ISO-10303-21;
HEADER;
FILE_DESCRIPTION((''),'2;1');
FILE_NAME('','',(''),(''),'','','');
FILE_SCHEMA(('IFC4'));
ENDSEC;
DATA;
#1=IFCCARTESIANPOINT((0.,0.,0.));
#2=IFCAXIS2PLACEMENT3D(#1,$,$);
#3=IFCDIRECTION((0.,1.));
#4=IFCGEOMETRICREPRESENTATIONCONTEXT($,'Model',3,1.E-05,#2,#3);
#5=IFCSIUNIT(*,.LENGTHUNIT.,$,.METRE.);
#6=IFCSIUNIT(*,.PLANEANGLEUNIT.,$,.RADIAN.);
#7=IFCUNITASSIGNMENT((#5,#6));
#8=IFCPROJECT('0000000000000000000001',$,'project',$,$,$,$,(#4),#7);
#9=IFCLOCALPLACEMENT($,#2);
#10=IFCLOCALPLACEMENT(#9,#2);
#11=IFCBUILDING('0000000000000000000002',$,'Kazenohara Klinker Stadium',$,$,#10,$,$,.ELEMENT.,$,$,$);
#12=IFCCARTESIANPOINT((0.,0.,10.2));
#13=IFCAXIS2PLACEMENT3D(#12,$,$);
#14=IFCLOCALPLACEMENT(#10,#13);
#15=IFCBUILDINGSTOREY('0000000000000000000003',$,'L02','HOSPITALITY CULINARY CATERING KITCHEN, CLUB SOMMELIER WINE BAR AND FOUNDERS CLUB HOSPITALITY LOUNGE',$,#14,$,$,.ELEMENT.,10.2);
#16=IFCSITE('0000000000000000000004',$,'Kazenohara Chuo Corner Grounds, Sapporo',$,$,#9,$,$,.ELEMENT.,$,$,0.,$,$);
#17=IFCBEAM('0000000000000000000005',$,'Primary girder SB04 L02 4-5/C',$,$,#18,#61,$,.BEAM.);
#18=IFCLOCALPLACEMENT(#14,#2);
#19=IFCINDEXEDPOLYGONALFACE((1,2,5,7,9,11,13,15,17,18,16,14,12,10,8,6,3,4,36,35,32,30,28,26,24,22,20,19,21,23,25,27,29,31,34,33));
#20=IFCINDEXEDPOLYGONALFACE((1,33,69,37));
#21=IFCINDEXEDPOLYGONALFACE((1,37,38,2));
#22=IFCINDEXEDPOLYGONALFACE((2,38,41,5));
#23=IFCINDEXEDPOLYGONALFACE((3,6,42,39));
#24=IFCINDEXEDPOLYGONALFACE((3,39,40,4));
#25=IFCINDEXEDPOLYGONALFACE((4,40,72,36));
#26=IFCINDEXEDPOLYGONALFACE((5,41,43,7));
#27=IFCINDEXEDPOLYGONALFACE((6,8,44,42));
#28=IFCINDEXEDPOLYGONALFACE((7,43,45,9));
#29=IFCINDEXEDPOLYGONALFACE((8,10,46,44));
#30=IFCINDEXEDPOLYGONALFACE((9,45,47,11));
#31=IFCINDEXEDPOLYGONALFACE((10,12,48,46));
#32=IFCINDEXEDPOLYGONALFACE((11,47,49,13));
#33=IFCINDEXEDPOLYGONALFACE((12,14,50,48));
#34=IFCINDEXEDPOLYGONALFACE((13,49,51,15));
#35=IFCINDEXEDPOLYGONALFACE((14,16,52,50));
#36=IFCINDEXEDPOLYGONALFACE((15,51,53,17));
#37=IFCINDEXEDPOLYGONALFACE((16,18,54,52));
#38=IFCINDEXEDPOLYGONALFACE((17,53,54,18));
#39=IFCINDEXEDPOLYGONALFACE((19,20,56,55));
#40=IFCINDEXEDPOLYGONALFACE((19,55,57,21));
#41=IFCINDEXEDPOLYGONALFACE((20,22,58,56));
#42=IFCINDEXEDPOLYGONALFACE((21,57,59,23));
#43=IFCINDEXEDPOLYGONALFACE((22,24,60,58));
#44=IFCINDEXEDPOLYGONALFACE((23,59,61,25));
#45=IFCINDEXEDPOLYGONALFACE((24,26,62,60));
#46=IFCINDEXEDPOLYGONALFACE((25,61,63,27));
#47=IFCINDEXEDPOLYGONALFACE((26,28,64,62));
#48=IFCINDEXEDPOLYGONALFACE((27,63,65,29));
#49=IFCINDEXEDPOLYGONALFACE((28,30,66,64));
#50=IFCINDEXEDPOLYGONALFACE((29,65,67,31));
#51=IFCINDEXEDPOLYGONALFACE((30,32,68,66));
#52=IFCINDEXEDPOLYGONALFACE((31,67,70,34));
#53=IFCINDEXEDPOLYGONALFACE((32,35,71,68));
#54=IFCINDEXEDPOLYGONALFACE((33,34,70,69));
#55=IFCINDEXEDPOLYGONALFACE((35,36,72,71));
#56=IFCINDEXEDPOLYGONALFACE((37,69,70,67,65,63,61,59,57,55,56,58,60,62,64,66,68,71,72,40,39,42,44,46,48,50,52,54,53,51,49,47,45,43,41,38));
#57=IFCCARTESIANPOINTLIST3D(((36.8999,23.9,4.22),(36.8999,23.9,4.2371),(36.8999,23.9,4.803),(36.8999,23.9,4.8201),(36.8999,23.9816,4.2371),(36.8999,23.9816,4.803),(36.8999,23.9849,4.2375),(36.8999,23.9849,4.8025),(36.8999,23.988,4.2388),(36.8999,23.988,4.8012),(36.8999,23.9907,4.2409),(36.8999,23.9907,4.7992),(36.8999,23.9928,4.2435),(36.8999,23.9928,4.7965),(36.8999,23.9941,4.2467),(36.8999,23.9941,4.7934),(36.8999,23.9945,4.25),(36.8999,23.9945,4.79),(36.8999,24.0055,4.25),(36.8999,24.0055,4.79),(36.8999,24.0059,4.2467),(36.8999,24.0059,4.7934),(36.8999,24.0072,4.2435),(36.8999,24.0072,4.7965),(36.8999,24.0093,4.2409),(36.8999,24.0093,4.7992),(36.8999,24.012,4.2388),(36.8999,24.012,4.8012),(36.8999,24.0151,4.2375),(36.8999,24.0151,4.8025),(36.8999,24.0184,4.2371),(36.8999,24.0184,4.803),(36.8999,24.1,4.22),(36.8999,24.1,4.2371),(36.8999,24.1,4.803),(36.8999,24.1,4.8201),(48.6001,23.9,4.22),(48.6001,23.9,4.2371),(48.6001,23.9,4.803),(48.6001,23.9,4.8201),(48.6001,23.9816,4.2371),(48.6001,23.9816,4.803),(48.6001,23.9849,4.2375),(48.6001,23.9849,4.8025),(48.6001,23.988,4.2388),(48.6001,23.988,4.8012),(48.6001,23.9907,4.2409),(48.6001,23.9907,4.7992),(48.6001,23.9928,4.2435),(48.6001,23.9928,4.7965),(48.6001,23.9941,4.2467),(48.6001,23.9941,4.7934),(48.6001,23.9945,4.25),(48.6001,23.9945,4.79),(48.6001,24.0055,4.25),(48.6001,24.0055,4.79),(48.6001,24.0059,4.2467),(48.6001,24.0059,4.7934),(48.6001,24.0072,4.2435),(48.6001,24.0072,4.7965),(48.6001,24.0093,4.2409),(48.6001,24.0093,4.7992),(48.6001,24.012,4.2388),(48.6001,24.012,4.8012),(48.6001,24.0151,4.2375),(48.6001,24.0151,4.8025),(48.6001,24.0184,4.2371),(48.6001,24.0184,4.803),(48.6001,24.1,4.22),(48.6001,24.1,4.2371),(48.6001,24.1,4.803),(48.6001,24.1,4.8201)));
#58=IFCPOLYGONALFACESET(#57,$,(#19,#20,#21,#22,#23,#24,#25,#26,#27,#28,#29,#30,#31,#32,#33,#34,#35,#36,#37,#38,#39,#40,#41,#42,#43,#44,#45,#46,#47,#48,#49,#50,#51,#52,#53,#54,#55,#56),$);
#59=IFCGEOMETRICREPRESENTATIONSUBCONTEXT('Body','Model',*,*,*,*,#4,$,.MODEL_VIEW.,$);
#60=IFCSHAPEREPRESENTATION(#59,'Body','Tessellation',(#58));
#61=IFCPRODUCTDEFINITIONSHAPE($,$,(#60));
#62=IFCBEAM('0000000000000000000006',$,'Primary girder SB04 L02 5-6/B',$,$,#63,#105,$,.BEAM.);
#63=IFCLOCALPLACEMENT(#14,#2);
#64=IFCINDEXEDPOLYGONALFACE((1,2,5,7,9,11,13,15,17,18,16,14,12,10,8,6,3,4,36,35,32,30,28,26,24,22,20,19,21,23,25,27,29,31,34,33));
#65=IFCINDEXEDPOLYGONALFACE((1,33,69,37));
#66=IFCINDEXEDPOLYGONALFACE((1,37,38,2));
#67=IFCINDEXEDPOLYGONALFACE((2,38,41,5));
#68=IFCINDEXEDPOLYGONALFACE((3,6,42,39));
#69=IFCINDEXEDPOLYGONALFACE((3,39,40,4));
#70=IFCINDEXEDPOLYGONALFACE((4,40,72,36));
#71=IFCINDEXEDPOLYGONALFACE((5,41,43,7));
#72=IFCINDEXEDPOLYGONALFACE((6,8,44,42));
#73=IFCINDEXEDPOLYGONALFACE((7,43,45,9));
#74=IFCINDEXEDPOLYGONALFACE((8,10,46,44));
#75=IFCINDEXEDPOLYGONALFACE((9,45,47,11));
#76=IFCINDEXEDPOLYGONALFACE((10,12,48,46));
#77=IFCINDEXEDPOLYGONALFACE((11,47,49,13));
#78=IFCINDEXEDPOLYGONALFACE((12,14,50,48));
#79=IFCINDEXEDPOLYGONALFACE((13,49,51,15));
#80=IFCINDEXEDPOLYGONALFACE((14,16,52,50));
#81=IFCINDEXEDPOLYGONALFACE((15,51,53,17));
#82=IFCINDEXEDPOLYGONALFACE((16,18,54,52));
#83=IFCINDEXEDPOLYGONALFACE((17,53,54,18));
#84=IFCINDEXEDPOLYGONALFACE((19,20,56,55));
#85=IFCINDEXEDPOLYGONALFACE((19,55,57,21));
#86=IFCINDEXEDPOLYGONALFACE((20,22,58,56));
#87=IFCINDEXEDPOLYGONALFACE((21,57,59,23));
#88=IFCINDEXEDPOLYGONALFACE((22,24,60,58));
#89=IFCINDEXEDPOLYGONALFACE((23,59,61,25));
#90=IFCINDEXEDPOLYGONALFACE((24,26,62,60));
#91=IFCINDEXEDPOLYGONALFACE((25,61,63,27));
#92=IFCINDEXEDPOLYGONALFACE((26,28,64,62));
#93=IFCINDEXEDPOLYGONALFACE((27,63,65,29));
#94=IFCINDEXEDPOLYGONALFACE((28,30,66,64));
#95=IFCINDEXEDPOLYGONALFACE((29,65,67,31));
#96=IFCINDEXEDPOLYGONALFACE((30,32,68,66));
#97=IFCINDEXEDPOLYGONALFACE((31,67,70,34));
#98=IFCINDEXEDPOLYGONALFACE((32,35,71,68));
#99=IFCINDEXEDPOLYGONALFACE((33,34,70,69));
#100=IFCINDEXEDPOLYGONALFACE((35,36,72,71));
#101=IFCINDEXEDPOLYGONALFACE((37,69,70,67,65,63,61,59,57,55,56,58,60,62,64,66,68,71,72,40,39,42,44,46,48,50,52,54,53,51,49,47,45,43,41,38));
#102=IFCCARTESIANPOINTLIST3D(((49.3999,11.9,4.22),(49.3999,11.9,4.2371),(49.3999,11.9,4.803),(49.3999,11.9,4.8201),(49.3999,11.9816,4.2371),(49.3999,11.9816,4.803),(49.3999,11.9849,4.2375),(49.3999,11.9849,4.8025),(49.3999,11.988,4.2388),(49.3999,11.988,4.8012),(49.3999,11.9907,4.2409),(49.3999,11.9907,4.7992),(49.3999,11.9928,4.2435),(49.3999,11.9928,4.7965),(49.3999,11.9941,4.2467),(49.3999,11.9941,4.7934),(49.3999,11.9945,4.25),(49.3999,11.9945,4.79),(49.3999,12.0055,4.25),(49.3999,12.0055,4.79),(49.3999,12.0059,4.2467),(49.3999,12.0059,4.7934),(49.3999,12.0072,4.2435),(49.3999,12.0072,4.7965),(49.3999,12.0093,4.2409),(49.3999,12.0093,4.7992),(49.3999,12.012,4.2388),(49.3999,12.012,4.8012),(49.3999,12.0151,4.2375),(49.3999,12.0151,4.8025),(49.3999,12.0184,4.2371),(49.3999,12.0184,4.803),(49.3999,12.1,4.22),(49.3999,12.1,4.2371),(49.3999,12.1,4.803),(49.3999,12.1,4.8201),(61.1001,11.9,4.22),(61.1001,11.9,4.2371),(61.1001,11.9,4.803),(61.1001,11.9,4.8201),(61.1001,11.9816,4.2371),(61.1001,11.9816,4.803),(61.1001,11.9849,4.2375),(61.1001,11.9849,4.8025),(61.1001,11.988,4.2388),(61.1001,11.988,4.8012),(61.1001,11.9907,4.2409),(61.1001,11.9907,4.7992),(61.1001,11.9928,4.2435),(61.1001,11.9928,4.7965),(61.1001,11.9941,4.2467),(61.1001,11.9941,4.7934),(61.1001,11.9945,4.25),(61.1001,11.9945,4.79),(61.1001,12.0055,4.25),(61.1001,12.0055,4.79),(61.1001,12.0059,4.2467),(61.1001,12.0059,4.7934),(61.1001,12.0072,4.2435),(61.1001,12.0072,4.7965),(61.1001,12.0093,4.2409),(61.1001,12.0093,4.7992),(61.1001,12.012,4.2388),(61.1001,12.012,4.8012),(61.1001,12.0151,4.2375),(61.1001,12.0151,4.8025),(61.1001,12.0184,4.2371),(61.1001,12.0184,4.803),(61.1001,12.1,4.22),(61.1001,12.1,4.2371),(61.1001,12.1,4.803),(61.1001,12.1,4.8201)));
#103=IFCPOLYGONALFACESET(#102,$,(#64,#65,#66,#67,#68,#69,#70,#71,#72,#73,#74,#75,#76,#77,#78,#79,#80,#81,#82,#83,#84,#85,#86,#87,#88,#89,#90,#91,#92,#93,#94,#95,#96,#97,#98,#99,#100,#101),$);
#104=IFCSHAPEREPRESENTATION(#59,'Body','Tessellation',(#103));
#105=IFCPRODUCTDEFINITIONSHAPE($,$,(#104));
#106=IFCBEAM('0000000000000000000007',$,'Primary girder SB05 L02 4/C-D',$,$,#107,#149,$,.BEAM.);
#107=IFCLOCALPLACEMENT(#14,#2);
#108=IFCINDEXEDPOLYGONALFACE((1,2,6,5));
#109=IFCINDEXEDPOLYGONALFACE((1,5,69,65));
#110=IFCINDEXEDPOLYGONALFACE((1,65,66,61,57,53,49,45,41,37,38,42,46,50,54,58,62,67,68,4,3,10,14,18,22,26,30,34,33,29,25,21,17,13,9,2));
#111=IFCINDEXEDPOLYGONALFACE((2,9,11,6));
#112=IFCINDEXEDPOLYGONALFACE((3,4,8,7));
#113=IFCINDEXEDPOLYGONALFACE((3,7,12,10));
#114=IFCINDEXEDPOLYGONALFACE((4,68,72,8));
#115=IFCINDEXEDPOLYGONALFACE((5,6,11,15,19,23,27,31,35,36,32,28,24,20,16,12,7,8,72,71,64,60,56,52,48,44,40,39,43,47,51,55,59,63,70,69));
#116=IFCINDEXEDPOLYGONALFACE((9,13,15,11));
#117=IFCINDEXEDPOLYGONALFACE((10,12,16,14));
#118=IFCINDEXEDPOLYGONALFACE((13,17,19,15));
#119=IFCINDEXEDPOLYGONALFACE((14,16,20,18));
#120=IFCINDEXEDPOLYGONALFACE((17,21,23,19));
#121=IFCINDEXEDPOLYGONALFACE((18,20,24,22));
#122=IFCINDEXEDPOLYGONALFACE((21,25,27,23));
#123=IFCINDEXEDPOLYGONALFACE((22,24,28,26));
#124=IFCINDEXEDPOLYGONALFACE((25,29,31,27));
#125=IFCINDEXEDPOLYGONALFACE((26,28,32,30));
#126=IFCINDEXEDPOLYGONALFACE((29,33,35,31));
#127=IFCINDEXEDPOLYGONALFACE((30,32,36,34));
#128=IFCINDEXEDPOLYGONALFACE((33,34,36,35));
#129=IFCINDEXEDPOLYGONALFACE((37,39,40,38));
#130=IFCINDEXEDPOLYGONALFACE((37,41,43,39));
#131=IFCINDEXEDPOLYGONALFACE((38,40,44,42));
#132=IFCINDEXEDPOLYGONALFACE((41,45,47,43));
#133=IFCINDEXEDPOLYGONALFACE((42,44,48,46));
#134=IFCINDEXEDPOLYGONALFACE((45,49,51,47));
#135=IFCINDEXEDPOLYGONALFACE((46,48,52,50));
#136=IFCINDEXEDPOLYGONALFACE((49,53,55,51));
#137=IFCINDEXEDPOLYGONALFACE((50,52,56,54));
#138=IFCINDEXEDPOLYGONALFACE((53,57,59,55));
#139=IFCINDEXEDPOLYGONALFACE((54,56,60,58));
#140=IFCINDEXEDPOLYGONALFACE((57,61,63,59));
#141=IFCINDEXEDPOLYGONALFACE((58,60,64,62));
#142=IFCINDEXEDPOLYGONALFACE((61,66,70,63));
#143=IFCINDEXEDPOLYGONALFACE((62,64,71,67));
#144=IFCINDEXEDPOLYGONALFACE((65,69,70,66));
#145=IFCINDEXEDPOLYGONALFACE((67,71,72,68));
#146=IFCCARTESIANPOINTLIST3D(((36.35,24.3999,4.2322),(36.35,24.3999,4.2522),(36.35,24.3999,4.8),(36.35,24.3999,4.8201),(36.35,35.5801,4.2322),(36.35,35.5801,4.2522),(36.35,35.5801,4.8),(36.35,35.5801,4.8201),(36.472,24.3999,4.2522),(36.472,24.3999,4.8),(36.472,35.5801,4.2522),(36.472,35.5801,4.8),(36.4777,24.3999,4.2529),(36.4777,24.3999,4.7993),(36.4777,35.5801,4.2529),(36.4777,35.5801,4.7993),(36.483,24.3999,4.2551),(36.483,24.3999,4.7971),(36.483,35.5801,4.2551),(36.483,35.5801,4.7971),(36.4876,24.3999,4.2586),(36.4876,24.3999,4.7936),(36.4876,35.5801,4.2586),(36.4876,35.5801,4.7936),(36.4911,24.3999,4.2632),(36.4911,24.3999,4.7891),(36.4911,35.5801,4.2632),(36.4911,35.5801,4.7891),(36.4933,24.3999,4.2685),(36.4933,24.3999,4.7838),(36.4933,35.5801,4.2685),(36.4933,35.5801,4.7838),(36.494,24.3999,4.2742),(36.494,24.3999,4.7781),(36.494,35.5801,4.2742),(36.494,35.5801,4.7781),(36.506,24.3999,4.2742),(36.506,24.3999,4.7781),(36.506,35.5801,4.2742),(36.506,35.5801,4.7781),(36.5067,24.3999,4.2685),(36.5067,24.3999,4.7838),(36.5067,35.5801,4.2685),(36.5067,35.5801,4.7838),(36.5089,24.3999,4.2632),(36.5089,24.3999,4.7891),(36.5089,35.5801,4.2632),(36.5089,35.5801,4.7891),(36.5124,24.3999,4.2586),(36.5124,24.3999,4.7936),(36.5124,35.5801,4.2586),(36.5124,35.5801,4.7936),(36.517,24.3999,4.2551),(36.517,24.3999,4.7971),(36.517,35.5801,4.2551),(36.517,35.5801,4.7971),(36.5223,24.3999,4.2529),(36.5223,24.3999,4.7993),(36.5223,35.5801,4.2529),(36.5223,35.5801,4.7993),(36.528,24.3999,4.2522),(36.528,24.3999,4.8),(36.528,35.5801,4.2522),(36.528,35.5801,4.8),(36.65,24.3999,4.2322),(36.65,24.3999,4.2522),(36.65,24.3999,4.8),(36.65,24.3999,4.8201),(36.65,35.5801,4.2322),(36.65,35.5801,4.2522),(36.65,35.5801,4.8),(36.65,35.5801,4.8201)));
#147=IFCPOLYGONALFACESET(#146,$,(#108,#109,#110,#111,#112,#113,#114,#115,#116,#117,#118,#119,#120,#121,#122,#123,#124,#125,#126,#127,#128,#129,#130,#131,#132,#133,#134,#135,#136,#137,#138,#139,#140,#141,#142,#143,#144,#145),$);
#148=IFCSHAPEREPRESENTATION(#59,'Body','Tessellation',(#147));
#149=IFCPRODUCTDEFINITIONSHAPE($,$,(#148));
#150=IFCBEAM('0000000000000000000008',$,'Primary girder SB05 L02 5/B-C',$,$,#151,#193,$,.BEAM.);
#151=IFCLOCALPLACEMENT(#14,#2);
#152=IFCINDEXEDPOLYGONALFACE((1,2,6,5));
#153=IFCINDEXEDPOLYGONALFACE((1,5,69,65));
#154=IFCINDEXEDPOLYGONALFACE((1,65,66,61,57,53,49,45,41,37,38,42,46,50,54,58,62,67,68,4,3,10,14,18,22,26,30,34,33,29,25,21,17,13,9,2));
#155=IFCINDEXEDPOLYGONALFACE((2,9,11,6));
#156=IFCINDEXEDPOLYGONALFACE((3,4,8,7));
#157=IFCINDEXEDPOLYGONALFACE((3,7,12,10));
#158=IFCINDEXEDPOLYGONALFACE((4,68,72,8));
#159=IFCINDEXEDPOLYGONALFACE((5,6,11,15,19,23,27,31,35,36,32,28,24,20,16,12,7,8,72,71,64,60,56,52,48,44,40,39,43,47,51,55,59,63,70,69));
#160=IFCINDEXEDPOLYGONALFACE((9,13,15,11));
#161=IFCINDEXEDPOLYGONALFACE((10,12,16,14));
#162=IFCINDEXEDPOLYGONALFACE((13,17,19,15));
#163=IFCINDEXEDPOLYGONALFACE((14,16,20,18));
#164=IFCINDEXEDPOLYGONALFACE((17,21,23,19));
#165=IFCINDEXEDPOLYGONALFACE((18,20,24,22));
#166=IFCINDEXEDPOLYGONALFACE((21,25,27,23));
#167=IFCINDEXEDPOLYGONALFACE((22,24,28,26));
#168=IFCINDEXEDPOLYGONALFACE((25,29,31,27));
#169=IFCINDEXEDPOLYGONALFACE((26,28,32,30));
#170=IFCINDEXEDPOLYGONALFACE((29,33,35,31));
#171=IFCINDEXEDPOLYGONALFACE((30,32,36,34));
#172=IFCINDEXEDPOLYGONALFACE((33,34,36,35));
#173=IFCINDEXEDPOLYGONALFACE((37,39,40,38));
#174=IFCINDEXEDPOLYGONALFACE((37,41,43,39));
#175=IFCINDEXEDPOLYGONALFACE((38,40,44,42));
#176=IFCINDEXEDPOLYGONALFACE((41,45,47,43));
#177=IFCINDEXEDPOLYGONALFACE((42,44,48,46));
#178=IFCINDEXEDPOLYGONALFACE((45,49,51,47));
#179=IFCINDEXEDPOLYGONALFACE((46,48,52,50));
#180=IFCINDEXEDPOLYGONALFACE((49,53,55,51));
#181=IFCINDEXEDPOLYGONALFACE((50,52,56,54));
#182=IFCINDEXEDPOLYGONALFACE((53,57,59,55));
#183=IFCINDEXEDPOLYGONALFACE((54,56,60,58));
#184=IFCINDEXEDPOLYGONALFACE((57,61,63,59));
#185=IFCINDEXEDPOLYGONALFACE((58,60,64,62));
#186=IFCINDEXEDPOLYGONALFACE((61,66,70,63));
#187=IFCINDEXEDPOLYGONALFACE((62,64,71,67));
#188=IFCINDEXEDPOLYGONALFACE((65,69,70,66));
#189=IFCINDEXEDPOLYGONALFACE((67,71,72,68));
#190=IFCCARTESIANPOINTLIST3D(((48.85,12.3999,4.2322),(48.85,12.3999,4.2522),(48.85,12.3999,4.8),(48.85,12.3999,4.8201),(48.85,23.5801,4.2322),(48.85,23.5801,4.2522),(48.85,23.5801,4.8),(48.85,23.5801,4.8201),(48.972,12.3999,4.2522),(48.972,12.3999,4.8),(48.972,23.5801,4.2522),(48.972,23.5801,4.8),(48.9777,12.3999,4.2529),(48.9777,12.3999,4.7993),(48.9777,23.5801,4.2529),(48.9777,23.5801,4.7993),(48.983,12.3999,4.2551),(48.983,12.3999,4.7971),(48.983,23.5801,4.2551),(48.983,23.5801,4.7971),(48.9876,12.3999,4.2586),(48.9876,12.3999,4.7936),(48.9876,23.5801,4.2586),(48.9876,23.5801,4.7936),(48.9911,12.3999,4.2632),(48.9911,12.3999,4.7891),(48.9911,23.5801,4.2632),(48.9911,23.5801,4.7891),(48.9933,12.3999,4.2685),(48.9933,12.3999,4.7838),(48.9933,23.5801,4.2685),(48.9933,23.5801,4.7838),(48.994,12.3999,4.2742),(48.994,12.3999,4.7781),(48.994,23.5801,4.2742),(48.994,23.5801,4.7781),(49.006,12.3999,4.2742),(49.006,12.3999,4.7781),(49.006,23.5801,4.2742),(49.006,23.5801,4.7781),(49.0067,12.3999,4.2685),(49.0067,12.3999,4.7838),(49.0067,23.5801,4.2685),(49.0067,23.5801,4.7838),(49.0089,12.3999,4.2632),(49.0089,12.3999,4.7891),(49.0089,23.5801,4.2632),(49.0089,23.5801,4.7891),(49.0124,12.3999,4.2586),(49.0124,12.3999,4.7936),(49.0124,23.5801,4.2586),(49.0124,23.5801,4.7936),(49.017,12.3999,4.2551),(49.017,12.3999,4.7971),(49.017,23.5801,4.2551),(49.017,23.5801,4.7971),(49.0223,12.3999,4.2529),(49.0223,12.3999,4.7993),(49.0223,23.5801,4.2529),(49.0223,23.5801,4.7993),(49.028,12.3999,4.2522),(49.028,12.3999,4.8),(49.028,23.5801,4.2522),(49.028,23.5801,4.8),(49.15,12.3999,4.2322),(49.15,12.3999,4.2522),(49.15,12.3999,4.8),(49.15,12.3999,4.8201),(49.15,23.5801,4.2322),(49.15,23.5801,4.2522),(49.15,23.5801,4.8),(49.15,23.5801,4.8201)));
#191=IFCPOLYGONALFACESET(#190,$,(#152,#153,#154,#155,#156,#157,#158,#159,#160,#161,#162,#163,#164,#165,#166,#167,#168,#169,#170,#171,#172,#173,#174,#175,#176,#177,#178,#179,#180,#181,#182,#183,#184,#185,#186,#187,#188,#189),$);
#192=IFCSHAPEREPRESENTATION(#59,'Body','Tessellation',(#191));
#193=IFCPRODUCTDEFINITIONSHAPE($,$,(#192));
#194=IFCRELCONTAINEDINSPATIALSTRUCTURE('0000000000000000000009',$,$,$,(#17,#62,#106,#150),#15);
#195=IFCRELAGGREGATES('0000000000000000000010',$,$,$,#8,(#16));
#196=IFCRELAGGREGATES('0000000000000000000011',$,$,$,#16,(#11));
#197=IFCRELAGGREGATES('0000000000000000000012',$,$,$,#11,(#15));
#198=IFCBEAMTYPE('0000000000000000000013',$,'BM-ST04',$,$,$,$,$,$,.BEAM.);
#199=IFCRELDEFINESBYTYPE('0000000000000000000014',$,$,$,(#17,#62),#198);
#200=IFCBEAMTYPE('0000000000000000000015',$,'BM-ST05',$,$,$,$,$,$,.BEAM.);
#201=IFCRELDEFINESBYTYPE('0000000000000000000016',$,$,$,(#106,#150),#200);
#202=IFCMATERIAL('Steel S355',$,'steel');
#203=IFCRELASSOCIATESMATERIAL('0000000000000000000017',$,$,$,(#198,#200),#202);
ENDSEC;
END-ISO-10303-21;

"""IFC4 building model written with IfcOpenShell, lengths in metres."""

from ifc_helpers import new_model, si_unit, direction, frame, origin, origin_2d, place, context, subcontext, project, spatial, i_section, extrude, material, material_profile, profile_set, type_object, element, save


model = new_model("IFC4")

# Units and contexts
model_context = context("Model", 3, precision=1e-05, world=origin(), true_north=direction((0.0, 1.0)))
body_context = subcontext(model_context, "Body", "Model", "MODEL_VIEW")
ifc_project = project(units=[si_unit("LENGTHUNIT", "METRE"), si_unit("PLANEANGLEUNIT", "RADIAN")], contexts=[model_context])

# Site, building, storey
site_placement = place(None, origin())
site = spatial("IfcSite", under=ifc_project, at=site_placement, Name="Kazenohara Chuo Corner Grounds, Sapporo", CompositionType="ELEMENT", RefElevation=0.0)
building_placement = place(site_placement, origin())
building = spatial("IfcBuilding", under=site, at=building_placement, Name="Kazenohara Klinker Stadium", CompositionType="ELEMENT")
storey_placement = place(building_placement, frame((0.0, 0.0, 10.2)))
storey = spatial("IfcBuildingStorey", under=building, at=storey_placement, Name="L02", Description="HOSPITALITY CULINARY CATERING KITCHEN, CLUB SOMMELIER WINE BAR AND FOUNDERS CLUB HOSPITALITY LOUNGE", CompositionType="ELEMENT", Elevation=10.2)

# Beams
ifc_material_1 = material(Name="Steel S355", Category="steel")
ifc_material_profile_1 = material_profile(ifc_material_1, i_section(OverallWidth=0.2, OverallDepth=0.6001, WebThickness=0.011, FlangeThickness=0.0171, FilletRadius=0.0129, at=origin_2d()), Name="H-600x200x11x17")
ifc_profile_set_1 = profile_set([ifc_material_profile_1], Name="Steel S355")
beam_type_1 = type_object("IfcBeamType", Name="BM-ST04", PredefinedType="BEAM", material=ifc_profile_set_1)
for number, where, z_axis, x_axis, name in (
    (1, (36.8999, 24.0, 4.52), (1.0, 0.0, 0.0), (0.0, 1.0, 0.0), "Primary girder SB04 L02 4-5/C"),
    (2, (49.3999, 12.0, 4.52), (1.0, 0.0, 0.0), (0.0, 1.0, 0.0), "Primary girder SB04 L02 5-6/B"),
):
    element("IfcBeam", number, at=place(storey_placement, frame(where, z_axis=z_axis, x_axis=x_axis)), inside=storey, type_object=beam_type_1, Name=name, PredefinedType="BEAM", context=body_context, shape_type="SweptSolid", body=[
        extrude(i_section(OverallWidth=0.2, OverallDepth=0.6001, WebThickness=0.011, FlangeThickness=0.0171, FilletRadius=0.0129, at=origin_2d()), origin(), (0.0, 0.0, 1.0), 11.7002),
    ])
ifc_material_profile_2 = material_profile(ifc_material_1, i_section(OverallWidth=0.3, OverallDepth=0.5879, WebThickness=0.012, FlangeThickness=0.02, FilletRadius=0.022, at=origin_2d()), Name="H-588x300x12x20")
ifc_profile_set_2 = profile_set([ifc_material_profile_2], Name="Steel S355")
beam_type_2 = type_object("IfcBeamType", Name="BM-ST05", PredefinedType="BEAM", material=ifc_profile_set_2)
for number, where, z_axis, x_axis, name in (
    (3, (36.5, 24.3999, 4.5261), (0.0, 1.0, 0.0), (-1.0, 0.0, 0.0), "Primary girder SB05 L02 4/C-D"),
    (4, (49.0, 12.3999, 4.5261), (0.0, 1.0, 0.0), (-1.0, 0.0, 0.0), "Primary girder SB05 L02 5/B-C"),
):
    element("IfcBeam", number, at=place(storey_placement, frame(where, z_axis=z_axis, x_axis=x_axis)), inside=storey, type_object=beam_type_2, Name=name, PredefinedType="BEAM", context=body_context, shape_type="SweptSolid", body=[
        extrude(i_section(OverallWidth=0.3, OverallDepth=0.5879, WebThickness=0.012, FlangeThickness=0.02, FilletRadius=0.022, at=origin_2d()), origin(), (0.0, 0.0, 1.0), 11.1802),
    ])

save(model, "model.ifc")
